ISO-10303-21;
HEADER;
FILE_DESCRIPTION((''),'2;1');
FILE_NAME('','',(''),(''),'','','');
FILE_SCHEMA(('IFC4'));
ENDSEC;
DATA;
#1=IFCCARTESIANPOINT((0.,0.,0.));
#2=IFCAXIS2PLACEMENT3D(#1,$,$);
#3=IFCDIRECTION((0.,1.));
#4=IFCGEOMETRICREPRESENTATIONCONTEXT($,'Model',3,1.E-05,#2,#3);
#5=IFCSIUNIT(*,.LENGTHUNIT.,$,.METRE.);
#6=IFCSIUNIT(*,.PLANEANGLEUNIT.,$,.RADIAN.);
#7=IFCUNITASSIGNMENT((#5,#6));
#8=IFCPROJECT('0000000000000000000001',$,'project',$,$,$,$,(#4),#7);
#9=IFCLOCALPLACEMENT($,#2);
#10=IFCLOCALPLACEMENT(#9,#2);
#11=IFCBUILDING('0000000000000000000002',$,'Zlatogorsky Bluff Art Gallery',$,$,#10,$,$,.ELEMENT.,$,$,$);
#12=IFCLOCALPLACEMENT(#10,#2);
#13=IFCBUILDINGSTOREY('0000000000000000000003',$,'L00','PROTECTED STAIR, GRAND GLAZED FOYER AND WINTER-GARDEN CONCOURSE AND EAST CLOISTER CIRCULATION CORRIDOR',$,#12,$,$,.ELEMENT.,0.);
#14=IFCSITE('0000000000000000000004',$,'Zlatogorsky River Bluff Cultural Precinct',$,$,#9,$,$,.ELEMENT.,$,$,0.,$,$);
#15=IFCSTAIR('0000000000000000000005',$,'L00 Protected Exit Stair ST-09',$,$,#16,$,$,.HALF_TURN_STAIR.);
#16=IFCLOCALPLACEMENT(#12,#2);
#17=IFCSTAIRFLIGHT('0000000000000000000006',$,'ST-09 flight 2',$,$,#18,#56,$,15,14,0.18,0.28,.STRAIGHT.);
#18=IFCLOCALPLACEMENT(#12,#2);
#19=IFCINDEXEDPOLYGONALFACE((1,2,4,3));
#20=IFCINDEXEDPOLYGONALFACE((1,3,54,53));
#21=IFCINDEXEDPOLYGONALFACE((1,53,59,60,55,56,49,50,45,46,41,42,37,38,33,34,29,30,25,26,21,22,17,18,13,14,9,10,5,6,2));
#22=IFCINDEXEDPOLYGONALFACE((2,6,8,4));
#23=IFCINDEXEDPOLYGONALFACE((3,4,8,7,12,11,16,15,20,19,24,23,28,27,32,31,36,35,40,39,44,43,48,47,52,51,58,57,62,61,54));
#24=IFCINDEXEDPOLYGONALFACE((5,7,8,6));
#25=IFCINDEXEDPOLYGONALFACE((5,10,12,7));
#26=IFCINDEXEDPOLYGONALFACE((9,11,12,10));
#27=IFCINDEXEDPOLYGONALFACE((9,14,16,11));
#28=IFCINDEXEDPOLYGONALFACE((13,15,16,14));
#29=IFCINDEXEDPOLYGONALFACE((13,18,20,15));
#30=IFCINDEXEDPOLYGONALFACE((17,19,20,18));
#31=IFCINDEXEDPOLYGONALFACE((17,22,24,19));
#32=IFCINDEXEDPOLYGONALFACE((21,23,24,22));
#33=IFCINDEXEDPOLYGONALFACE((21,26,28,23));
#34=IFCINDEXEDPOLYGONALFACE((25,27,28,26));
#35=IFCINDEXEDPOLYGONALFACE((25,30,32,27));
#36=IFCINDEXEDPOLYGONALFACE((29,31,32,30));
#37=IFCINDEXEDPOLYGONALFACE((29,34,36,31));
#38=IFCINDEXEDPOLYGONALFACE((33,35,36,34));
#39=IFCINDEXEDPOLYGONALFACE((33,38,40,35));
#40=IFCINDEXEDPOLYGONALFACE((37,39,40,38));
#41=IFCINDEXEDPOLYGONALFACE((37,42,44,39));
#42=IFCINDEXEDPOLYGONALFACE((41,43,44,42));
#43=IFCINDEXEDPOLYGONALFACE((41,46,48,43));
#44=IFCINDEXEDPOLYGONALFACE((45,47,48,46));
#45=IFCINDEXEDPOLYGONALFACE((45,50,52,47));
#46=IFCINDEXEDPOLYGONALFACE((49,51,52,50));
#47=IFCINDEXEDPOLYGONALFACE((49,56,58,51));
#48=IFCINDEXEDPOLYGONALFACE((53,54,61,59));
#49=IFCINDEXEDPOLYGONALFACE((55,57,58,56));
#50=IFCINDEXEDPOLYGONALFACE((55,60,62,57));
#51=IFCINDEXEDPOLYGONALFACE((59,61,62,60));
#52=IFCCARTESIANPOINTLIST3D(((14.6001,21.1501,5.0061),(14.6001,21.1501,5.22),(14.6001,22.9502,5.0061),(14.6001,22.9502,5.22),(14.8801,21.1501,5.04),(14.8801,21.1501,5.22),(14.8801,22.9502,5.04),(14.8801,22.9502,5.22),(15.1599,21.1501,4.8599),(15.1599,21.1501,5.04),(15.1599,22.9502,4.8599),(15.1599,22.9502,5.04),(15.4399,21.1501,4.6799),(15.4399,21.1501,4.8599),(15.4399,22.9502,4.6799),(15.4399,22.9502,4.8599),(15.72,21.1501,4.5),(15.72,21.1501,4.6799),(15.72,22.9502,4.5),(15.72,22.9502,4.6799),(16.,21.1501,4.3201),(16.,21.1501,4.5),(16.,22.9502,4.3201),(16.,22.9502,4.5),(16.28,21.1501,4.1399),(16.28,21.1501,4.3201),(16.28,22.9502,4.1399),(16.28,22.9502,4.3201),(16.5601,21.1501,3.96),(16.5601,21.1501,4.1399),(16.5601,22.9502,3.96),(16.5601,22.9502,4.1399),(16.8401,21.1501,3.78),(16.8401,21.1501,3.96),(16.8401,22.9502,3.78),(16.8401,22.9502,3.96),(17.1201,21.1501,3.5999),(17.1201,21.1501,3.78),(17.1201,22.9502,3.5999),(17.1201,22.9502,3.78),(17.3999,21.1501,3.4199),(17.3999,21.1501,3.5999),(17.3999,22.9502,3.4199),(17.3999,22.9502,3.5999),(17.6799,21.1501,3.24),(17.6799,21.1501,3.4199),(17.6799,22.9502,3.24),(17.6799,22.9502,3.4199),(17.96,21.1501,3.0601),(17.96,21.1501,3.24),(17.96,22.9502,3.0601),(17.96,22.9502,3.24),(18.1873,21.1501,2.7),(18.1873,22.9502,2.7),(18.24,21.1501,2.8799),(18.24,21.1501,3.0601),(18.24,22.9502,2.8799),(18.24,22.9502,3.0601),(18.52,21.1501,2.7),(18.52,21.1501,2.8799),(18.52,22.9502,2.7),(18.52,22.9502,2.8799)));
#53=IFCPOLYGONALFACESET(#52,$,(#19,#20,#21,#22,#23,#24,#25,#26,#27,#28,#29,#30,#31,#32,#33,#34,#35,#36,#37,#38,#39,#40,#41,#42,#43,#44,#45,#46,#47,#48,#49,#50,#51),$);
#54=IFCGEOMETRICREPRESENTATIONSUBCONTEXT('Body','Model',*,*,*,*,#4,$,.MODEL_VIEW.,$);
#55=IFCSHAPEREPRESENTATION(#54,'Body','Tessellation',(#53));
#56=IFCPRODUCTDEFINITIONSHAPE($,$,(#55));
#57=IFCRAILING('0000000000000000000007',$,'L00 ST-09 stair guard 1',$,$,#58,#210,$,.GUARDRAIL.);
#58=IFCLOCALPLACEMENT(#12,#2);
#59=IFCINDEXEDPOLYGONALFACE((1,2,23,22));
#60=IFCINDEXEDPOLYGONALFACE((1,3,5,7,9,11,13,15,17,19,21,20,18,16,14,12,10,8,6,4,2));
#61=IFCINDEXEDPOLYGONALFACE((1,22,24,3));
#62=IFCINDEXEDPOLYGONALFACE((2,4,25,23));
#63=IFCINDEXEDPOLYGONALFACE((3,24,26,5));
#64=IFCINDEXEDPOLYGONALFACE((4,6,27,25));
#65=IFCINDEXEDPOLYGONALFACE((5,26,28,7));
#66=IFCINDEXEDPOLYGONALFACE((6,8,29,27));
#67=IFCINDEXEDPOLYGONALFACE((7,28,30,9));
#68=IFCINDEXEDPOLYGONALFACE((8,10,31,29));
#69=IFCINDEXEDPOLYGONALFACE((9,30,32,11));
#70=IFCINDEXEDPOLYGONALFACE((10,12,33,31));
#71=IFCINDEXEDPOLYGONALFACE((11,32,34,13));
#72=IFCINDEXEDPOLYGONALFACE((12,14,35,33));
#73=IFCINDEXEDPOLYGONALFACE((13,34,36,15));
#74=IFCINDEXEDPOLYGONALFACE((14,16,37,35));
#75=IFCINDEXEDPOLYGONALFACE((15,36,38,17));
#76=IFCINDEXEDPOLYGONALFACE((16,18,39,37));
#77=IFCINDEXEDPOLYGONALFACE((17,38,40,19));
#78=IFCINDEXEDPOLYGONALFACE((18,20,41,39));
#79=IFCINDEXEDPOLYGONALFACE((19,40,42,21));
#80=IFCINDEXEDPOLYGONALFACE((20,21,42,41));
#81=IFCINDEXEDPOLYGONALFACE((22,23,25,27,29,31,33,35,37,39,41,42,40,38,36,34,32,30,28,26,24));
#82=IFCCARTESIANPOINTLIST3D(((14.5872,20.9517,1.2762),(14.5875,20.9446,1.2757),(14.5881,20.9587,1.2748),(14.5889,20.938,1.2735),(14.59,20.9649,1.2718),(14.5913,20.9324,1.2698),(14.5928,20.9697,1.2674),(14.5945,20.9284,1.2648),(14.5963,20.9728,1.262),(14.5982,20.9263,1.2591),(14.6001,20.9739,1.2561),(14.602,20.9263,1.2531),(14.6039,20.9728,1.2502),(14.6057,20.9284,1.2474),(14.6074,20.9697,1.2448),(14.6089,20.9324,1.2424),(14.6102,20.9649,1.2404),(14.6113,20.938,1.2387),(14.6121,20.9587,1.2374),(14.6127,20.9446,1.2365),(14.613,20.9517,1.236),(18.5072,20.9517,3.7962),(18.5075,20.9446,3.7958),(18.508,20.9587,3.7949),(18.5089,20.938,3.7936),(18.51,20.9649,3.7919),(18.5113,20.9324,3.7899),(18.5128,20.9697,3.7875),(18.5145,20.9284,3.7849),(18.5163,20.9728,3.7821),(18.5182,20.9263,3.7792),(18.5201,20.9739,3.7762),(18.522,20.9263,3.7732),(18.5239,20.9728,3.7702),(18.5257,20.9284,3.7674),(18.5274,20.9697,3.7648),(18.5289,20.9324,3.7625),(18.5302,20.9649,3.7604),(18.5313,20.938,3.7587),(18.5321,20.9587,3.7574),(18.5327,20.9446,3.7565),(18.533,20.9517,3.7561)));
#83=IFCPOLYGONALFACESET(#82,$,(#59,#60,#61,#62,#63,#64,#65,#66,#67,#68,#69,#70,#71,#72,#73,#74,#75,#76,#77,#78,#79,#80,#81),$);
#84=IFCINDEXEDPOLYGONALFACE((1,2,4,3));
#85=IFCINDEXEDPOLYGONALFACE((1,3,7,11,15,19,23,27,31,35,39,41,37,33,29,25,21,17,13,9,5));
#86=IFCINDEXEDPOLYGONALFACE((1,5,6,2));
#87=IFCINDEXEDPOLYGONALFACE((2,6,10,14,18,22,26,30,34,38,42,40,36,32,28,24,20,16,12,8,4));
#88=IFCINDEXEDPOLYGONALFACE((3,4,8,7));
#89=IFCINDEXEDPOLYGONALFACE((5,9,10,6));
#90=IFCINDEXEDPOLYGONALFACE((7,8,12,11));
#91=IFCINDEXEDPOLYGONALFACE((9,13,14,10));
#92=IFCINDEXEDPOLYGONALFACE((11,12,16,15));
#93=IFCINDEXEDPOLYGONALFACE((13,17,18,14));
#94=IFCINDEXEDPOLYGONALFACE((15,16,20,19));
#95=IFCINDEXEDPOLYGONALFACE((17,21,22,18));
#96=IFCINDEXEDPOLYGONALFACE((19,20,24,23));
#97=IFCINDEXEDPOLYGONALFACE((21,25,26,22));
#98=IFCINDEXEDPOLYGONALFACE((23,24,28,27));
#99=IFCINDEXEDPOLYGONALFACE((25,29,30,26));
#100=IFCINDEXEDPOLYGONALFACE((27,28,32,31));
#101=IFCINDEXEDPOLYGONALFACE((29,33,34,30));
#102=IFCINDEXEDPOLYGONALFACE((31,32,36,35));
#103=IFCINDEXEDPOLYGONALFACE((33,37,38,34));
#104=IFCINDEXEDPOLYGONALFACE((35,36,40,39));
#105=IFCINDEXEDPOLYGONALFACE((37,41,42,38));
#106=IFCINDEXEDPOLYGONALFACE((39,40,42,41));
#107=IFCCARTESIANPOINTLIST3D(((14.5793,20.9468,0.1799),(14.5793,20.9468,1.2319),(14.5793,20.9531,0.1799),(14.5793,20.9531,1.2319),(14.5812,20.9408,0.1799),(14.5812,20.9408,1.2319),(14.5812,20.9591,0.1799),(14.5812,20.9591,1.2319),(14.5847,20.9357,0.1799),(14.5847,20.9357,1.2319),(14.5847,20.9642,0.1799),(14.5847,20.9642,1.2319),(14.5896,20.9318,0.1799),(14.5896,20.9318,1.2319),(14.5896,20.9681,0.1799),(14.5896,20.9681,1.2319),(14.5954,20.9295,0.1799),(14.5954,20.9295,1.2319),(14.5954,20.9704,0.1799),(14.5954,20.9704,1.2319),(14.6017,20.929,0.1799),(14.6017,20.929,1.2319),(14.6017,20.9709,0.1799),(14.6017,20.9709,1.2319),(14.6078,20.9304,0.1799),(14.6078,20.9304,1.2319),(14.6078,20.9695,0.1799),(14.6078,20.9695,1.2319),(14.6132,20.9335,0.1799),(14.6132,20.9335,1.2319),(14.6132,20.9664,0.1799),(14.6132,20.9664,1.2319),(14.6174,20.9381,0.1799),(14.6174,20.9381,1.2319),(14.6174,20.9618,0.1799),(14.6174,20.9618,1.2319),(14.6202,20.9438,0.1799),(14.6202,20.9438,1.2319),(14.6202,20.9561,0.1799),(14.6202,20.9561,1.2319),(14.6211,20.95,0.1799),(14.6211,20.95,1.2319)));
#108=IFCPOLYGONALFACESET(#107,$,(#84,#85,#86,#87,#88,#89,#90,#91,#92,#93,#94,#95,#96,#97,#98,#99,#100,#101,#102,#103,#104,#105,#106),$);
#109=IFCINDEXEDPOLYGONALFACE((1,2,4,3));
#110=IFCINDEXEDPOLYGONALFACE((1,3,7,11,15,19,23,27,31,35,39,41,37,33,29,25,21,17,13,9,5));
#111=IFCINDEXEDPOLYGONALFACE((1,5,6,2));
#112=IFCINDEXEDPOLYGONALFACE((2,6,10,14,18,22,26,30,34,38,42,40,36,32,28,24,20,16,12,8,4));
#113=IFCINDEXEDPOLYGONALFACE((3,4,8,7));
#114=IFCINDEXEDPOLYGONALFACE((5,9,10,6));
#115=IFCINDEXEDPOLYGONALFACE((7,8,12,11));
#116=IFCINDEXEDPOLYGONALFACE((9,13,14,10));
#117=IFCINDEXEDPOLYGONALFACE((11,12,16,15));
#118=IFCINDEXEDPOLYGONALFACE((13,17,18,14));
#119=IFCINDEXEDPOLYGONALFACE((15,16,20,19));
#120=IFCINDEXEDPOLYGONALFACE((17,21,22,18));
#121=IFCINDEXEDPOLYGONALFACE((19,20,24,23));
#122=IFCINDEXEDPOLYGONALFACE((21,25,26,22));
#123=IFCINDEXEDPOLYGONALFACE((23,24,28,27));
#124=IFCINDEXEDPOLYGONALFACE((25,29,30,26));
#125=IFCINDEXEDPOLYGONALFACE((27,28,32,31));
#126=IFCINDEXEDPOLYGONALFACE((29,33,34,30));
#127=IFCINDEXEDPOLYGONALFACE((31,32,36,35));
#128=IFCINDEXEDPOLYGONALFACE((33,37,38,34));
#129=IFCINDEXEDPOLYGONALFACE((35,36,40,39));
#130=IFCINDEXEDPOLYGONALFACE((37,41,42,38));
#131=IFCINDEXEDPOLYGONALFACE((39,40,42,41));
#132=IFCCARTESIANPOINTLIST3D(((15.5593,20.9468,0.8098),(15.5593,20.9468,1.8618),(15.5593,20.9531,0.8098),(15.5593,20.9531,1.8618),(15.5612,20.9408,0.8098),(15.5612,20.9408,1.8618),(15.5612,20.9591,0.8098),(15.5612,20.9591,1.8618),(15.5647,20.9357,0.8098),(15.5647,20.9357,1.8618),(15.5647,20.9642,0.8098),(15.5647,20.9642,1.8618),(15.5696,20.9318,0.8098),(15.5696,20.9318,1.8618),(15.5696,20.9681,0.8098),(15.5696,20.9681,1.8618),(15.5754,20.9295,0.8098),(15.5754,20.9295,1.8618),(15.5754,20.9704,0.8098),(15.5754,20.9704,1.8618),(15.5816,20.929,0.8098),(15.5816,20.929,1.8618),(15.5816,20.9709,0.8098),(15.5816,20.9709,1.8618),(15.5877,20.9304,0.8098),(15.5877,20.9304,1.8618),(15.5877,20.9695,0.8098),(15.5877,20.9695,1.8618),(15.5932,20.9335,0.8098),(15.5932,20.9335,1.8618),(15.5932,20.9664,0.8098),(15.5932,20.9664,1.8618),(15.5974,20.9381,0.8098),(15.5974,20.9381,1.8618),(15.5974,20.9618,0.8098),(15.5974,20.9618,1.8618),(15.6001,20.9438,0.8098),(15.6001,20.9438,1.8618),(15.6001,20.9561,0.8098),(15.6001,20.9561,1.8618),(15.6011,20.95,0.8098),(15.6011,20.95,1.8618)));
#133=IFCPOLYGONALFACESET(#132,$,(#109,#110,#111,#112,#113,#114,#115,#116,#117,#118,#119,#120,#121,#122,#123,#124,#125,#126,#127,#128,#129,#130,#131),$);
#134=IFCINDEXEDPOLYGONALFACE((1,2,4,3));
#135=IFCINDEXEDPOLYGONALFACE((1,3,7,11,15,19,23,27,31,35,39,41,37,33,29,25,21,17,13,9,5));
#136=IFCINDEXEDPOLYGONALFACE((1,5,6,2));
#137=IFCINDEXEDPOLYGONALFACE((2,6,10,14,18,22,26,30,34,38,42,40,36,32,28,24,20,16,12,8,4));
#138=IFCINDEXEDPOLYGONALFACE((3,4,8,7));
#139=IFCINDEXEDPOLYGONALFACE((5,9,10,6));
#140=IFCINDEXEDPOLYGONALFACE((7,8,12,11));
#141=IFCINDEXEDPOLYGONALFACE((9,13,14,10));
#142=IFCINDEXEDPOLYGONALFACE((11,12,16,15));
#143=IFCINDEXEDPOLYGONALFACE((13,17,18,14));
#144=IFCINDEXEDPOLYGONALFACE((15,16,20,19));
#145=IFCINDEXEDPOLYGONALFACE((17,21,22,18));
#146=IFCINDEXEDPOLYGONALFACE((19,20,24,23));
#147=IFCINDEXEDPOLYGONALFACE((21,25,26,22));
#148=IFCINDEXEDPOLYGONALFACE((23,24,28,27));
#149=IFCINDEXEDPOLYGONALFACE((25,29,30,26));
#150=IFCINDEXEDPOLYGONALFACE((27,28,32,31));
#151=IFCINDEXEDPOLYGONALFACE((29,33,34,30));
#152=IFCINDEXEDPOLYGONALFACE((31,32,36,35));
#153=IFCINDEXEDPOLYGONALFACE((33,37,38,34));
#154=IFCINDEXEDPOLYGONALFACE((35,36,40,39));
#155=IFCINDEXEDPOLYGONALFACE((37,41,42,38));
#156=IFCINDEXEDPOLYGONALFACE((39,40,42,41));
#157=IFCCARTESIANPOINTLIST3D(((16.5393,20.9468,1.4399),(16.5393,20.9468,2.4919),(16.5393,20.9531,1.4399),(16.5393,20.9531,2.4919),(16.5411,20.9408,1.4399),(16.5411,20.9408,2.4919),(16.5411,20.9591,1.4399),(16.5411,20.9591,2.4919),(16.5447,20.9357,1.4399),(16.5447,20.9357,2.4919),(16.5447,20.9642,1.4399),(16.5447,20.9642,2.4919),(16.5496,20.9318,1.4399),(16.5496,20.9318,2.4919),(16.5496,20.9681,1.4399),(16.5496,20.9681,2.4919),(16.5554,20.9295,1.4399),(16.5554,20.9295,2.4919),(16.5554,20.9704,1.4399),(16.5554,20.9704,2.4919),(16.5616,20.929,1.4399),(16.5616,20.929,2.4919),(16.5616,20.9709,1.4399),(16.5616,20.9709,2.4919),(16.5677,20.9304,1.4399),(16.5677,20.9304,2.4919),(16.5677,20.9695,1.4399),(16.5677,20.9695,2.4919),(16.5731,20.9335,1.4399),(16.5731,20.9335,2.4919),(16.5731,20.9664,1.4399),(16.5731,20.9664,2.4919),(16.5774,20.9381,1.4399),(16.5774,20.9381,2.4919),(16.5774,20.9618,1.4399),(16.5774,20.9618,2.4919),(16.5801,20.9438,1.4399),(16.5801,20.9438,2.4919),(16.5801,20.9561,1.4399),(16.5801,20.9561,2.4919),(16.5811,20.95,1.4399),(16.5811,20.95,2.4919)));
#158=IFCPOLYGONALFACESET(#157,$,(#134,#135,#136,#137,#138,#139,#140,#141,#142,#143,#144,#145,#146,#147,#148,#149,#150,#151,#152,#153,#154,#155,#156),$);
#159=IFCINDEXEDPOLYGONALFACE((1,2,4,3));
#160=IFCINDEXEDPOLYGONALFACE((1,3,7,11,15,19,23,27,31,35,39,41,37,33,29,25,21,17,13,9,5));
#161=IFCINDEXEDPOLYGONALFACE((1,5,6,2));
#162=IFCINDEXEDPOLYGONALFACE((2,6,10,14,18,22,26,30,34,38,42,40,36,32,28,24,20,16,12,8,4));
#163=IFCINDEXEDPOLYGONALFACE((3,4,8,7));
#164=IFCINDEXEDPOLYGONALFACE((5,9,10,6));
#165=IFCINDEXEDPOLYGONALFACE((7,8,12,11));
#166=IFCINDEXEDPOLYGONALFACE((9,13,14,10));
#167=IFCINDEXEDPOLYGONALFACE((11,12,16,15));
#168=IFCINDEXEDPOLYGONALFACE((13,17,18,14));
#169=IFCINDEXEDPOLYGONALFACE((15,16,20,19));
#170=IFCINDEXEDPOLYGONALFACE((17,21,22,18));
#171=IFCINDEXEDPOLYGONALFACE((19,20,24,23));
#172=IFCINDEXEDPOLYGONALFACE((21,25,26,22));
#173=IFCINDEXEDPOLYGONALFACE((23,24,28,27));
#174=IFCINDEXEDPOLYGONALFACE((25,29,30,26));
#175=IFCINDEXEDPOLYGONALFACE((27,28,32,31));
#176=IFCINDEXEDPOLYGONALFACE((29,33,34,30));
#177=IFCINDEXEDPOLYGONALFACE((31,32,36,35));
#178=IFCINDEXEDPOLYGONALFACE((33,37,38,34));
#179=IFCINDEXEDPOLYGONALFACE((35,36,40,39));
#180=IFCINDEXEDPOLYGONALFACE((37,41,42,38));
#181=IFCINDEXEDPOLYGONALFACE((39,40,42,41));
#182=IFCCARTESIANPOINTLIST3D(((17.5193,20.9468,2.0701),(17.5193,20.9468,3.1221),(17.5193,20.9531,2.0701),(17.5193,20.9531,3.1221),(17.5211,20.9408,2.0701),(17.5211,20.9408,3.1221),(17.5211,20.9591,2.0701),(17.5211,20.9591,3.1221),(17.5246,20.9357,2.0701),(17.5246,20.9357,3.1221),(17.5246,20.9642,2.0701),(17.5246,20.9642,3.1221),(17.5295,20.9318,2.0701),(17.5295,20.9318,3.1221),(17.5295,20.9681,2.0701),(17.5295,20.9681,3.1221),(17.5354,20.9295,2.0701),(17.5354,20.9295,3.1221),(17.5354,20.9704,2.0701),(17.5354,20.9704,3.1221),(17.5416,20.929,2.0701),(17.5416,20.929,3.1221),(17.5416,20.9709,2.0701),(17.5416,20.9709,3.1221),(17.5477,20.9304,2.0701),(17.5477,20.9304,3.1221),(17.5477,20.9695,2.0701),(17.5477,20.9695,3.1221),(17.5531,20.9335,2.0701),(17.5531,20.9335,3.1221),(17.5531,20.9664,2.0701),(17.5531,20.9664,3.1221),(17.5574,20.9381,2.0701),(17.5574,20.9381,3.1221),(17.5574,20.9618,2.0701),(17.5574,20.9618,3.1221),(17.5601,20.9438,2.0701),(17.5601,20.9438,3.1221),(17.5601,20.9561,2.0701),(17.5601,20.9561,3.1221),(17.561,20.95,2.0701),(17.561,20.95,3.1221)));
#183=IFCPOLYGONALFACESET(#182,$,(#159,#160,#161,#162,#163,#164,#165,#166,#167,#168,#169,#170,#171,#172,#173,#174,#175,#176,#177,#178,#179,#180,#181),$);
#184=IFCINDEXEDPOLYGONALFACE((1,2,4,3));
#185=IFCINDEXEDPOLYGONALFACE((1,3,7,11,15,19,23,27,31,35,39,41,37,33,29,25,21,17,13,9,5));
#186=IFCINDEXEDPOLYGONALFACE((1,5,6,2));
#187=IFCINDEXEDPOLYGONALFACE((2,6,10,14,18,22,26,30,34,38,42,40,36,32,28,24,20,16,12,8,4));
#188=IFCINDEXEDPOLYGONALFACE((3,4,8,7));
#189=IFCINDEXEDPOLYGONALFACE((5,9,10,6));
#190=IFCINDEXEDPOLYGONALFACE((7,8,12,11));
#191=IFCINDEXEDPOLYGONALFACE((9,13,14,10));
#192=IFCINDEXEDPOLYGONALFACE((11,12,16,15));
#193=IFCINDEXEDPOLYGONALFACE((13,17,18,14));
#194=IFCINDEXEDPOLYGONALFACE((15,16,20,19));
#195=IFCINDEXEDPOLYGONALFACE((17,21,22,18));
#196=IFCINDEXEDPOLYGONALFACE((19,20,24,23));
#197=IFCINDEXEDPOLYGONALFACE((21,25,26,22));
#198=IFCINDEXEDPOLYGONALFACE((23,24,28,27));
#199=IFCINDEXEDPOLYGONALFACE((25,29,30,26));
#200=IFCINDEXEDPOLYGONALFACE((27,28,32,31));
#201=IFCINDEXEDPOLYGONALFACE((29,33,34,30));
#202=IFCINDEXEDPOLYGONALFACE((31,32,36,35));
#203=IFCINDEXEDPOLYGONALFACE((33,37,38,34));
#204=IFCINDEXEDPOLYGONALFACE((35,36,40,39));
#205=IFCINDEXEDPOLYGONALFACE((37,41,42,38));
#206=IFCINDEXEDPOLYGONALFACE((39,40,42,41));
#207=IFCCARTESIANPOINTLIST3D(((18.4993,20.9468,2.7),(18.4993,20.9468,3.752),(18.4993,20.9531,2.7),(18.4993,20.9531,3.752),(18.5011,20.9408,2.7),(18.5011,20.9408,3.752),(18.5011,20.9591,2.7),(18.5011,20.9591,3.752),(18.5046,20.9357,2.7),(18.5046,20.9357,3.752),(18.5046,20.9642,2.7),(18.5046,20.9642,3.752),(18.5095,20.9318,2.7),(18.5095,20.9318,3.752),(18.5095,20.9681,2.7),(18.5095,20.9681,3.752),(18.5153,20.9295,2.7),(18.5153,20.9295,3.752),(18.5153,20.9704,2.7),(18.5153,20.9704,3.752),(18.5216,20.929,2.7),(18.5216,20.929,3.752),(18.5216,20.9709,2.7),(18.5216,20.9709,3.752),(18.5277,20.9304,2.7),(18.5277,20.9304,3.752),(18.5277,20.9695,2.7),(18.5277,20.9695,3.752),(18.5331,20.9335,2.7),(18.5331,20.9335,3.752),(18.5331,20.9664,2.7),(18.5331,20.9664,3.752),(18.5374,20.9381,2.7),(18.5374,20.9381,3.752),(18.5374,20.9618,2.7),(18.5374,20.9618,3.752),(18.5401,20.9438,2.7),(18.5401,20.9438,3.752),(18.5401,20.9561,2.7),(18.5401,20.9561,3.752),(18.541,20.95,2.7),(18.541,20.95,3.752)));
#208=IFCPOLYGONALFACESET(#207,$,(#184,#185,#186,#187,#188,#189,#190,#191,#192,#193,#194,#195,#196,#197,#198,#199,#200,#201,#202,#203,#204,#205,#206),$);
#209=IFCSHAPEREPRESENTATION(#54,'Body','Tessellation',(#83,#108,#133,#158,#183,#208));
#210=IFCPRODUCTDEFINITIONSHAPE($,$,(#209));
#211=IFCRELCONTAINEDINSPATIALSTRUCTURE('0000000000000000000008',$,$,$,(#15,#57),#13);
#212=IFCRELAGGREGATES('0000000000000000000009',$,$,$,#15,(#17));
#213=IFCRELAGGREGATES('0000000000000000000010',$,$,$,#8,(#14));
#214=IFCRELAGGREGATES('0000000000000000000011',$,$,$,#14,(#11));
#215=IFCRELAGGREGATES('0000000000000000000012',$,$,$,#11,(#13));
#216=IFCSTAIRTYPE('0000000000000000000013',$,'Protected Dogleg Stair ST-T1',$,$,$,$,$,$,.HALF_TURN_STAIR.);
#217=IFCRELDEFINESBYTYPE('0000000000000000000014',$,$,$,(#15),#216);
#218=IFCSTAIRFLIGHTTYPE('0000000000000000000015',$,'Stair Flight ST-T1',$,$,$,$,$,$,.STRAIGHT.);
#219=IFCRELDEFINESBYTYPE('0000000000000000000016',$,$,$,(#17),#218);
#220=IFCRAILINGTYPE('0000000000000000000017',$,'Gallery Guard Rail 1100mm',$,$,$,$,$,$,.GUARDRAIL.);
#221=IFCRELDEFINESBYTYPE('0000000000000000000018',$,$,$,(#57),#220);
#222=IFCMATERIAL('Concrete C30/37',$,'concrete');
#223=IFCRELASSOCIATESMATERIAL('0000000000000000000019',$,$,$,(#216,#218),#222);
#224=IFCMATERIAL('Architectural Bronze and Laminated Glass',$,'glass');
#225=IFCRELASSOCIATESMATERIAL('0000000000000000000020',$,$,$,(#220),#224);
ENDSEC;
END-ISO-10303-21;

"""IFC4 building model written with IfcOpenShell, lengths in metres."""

from ifc_helpers import new_model, si_unit, direction, frame, origin, origin_2d, place, context, subcontext, project, spatial, polyline, circle, outline, extrude, material, type_object, element, aggregate, save


model = new_model("IFC4")

# Units and contexts
model_context = context("Model", 3, precision=1e-05, world=origin(), true_north=direction((0.0, 1.0)))
body_context = subcontext(model_context, "Body", "Model", "MODEL_VIEW")
ifc_project = project(units=[si_unit("LENGTHUNIT", "METRE"), si_unit("PLANEANGLEUNIT", "RADIAN")], contexts=[model_context])

# Site, building, storey
site_placement = place(None, origin())
site = spatial("IfcSite", under=ifc_project, at=site_placement, Name="Zlatogorsky River Bluff Cultural Precinct", CompositionType="ELEMENT", RefElevation=0.0)
building_placement = place(site_placement, origin())
building = spatial("IfcBuilding", under=site, at=building_placement, Name="Zlatogorsky Bluff Art Gallery", CompositionType="ELEMENT")
storey_placement = place(building_placement, origin())
storey = spatial("IfcBuildingStorey", under=building, at=storey_placement, Name="L00", Description="PROTECTED STAIR, GRAND GLAZED FOYER AND WINTER-GARDEN CONCOURSE AND EAST CLOISTER CIRCULATION CORRIDOR", CompositionType="ELEMENT", Elevation=0.0)

# Shared definitions
ifc_material_1 = material(Name="Concrete C30/37", Category="concrete")

# Stair, stair flight
stair_type = type_object("IfcStairType", Name="Protected Dogleg Stair ST-T1", PredefinedType="HALF_TURN_STAIR", material=ifc_material_1)
stair_placement = place(storey_placement, origin())
stair = element("IfcStair", 1, at=stair_placement, inside=storey, type_object=stair_type, Name="L00 Protected Exit Stair ST-09", PredefinedType="HALF_TURN_STAIR")
stair_flight_type = type_object("IfcStairFlightType", Name="Stair Flight ST-T1", PredefinedType="STRAIGHT", material=ifc_material_1)
stair_flight_1_placement = place(storey_placement, frame((18.52, 22.05, 2.7), z_axis=(0.0, 0.0, 1.0), x_axis=(-1.0, 0.0, 0.0)))
stair_flight_1 = element("IfcStairFlight", 2, at=stair_flight_1_placement, type_object=stair_flight_type, Name="ST-09 flight 2", NumberOfRisers=15, NumberOfTreads=14, PredefinedType="STRAIGHT", RiserHeight=0.18, TreadLength=0.28, context=body_context, shape_type="SweptSolid", body=[
    extrude(outline(polyline([(0.0, 0.0), (0.0, 0.1799), (0.28, 0.1799), (0.28, 0.3601), (0.5601, 0.3601), (0.5601, 0.54), (0.8401, 0.54), (0.8401, 0.72), (1.1201, 0.72), (1.1201, 0.8999), (1.3999, 0.8999), (1.3999, 1.0801), (1.6799, 1.0801), (1.6799, 1.26), (1.96, 1.26), (1.96, 1.4399), (2.24, 1.4399), (2.24, 1.6201), (2.52, 1.6201), (2.52, 1.8), (2.8, 1.8), (2.8, 1.98), (3.0801, 1.98), (3.0801, 2.1599), (3.3601, 2.1599), (3.3601, 2.3401), (3.6399, 2.3401), (3.6399, 2.52), (3.9199, 2.52), (3.9199, 2.7), (3.9199, 2.3062), (0.3328, 0.0), (0.0, 0.0)])), frame((0.0, 0.8999, 0.0), z_axis=(0.0, -1.0, 0.0), x_axis=(1.0, 0.0, 0.0)), (0.0, 0.0, 1.0), 1.8),
])
aggregate(stair, [stair_flight_1])

# Railing
ifc_material_2 = material(Name="Architectural Bronze and Laminated Glass", Category="glass")
railing_type_1 = type_object("IfcRailingType", Name="Gallery Guard Rail 1100mm", PredefinedType="GUARDRAIL", material=ifc_material_2)
railing_1_placement = place(storey_placement, frame((14.6001, 20.95, 0.1799)))
element("IfcRailing", 3, at=railing_1_placement, inside=storey, type_object=railing_type_1, Name="L00 ST-09 stair guard 1", PredefinedType="GUARDRAIL", context=body_context, shape_type="SweptSolid", body=[
    extrude(circle(Radius=0.0239, at=origin_2d()), frame((0.0, 0.0, 1.0762), z_axis=(0.841172, 0.0, 0.540768), x_axis=(0.0, 1.0, 0.0)), (0.0, 0.0, 1.0), 4.6602),
    extrude(circle(Radius=0.021, at=origin_2d()), origin(), (0.0, 0.0, 1.0), 1.052),
    extrude(circle(Radius=0.021, at=origin_2d()), frame((0.98, 0.0, 0.6299)), (0.0, 0.0, 1.0), 1.052),
    extrude(circle(Radius=0.021, at=origin_2d()), frame((1.96, 0.0, 1.26)), (0.0, 0.0, 1.0), 1.052),
    extrude(circle(Radius=0.021, at=origin_2d()), frame((2.9399, 0.0, 1.8901)), (0.0, 0.0, 1.0), 1.052),
    extrude(circle(Radius=0.021, at=origin_2d()), frame((3.9199, 0.0, 2.52)), (0.0, 0.0, 1.0), 1.052),
])

save(model, "model.ifc")
